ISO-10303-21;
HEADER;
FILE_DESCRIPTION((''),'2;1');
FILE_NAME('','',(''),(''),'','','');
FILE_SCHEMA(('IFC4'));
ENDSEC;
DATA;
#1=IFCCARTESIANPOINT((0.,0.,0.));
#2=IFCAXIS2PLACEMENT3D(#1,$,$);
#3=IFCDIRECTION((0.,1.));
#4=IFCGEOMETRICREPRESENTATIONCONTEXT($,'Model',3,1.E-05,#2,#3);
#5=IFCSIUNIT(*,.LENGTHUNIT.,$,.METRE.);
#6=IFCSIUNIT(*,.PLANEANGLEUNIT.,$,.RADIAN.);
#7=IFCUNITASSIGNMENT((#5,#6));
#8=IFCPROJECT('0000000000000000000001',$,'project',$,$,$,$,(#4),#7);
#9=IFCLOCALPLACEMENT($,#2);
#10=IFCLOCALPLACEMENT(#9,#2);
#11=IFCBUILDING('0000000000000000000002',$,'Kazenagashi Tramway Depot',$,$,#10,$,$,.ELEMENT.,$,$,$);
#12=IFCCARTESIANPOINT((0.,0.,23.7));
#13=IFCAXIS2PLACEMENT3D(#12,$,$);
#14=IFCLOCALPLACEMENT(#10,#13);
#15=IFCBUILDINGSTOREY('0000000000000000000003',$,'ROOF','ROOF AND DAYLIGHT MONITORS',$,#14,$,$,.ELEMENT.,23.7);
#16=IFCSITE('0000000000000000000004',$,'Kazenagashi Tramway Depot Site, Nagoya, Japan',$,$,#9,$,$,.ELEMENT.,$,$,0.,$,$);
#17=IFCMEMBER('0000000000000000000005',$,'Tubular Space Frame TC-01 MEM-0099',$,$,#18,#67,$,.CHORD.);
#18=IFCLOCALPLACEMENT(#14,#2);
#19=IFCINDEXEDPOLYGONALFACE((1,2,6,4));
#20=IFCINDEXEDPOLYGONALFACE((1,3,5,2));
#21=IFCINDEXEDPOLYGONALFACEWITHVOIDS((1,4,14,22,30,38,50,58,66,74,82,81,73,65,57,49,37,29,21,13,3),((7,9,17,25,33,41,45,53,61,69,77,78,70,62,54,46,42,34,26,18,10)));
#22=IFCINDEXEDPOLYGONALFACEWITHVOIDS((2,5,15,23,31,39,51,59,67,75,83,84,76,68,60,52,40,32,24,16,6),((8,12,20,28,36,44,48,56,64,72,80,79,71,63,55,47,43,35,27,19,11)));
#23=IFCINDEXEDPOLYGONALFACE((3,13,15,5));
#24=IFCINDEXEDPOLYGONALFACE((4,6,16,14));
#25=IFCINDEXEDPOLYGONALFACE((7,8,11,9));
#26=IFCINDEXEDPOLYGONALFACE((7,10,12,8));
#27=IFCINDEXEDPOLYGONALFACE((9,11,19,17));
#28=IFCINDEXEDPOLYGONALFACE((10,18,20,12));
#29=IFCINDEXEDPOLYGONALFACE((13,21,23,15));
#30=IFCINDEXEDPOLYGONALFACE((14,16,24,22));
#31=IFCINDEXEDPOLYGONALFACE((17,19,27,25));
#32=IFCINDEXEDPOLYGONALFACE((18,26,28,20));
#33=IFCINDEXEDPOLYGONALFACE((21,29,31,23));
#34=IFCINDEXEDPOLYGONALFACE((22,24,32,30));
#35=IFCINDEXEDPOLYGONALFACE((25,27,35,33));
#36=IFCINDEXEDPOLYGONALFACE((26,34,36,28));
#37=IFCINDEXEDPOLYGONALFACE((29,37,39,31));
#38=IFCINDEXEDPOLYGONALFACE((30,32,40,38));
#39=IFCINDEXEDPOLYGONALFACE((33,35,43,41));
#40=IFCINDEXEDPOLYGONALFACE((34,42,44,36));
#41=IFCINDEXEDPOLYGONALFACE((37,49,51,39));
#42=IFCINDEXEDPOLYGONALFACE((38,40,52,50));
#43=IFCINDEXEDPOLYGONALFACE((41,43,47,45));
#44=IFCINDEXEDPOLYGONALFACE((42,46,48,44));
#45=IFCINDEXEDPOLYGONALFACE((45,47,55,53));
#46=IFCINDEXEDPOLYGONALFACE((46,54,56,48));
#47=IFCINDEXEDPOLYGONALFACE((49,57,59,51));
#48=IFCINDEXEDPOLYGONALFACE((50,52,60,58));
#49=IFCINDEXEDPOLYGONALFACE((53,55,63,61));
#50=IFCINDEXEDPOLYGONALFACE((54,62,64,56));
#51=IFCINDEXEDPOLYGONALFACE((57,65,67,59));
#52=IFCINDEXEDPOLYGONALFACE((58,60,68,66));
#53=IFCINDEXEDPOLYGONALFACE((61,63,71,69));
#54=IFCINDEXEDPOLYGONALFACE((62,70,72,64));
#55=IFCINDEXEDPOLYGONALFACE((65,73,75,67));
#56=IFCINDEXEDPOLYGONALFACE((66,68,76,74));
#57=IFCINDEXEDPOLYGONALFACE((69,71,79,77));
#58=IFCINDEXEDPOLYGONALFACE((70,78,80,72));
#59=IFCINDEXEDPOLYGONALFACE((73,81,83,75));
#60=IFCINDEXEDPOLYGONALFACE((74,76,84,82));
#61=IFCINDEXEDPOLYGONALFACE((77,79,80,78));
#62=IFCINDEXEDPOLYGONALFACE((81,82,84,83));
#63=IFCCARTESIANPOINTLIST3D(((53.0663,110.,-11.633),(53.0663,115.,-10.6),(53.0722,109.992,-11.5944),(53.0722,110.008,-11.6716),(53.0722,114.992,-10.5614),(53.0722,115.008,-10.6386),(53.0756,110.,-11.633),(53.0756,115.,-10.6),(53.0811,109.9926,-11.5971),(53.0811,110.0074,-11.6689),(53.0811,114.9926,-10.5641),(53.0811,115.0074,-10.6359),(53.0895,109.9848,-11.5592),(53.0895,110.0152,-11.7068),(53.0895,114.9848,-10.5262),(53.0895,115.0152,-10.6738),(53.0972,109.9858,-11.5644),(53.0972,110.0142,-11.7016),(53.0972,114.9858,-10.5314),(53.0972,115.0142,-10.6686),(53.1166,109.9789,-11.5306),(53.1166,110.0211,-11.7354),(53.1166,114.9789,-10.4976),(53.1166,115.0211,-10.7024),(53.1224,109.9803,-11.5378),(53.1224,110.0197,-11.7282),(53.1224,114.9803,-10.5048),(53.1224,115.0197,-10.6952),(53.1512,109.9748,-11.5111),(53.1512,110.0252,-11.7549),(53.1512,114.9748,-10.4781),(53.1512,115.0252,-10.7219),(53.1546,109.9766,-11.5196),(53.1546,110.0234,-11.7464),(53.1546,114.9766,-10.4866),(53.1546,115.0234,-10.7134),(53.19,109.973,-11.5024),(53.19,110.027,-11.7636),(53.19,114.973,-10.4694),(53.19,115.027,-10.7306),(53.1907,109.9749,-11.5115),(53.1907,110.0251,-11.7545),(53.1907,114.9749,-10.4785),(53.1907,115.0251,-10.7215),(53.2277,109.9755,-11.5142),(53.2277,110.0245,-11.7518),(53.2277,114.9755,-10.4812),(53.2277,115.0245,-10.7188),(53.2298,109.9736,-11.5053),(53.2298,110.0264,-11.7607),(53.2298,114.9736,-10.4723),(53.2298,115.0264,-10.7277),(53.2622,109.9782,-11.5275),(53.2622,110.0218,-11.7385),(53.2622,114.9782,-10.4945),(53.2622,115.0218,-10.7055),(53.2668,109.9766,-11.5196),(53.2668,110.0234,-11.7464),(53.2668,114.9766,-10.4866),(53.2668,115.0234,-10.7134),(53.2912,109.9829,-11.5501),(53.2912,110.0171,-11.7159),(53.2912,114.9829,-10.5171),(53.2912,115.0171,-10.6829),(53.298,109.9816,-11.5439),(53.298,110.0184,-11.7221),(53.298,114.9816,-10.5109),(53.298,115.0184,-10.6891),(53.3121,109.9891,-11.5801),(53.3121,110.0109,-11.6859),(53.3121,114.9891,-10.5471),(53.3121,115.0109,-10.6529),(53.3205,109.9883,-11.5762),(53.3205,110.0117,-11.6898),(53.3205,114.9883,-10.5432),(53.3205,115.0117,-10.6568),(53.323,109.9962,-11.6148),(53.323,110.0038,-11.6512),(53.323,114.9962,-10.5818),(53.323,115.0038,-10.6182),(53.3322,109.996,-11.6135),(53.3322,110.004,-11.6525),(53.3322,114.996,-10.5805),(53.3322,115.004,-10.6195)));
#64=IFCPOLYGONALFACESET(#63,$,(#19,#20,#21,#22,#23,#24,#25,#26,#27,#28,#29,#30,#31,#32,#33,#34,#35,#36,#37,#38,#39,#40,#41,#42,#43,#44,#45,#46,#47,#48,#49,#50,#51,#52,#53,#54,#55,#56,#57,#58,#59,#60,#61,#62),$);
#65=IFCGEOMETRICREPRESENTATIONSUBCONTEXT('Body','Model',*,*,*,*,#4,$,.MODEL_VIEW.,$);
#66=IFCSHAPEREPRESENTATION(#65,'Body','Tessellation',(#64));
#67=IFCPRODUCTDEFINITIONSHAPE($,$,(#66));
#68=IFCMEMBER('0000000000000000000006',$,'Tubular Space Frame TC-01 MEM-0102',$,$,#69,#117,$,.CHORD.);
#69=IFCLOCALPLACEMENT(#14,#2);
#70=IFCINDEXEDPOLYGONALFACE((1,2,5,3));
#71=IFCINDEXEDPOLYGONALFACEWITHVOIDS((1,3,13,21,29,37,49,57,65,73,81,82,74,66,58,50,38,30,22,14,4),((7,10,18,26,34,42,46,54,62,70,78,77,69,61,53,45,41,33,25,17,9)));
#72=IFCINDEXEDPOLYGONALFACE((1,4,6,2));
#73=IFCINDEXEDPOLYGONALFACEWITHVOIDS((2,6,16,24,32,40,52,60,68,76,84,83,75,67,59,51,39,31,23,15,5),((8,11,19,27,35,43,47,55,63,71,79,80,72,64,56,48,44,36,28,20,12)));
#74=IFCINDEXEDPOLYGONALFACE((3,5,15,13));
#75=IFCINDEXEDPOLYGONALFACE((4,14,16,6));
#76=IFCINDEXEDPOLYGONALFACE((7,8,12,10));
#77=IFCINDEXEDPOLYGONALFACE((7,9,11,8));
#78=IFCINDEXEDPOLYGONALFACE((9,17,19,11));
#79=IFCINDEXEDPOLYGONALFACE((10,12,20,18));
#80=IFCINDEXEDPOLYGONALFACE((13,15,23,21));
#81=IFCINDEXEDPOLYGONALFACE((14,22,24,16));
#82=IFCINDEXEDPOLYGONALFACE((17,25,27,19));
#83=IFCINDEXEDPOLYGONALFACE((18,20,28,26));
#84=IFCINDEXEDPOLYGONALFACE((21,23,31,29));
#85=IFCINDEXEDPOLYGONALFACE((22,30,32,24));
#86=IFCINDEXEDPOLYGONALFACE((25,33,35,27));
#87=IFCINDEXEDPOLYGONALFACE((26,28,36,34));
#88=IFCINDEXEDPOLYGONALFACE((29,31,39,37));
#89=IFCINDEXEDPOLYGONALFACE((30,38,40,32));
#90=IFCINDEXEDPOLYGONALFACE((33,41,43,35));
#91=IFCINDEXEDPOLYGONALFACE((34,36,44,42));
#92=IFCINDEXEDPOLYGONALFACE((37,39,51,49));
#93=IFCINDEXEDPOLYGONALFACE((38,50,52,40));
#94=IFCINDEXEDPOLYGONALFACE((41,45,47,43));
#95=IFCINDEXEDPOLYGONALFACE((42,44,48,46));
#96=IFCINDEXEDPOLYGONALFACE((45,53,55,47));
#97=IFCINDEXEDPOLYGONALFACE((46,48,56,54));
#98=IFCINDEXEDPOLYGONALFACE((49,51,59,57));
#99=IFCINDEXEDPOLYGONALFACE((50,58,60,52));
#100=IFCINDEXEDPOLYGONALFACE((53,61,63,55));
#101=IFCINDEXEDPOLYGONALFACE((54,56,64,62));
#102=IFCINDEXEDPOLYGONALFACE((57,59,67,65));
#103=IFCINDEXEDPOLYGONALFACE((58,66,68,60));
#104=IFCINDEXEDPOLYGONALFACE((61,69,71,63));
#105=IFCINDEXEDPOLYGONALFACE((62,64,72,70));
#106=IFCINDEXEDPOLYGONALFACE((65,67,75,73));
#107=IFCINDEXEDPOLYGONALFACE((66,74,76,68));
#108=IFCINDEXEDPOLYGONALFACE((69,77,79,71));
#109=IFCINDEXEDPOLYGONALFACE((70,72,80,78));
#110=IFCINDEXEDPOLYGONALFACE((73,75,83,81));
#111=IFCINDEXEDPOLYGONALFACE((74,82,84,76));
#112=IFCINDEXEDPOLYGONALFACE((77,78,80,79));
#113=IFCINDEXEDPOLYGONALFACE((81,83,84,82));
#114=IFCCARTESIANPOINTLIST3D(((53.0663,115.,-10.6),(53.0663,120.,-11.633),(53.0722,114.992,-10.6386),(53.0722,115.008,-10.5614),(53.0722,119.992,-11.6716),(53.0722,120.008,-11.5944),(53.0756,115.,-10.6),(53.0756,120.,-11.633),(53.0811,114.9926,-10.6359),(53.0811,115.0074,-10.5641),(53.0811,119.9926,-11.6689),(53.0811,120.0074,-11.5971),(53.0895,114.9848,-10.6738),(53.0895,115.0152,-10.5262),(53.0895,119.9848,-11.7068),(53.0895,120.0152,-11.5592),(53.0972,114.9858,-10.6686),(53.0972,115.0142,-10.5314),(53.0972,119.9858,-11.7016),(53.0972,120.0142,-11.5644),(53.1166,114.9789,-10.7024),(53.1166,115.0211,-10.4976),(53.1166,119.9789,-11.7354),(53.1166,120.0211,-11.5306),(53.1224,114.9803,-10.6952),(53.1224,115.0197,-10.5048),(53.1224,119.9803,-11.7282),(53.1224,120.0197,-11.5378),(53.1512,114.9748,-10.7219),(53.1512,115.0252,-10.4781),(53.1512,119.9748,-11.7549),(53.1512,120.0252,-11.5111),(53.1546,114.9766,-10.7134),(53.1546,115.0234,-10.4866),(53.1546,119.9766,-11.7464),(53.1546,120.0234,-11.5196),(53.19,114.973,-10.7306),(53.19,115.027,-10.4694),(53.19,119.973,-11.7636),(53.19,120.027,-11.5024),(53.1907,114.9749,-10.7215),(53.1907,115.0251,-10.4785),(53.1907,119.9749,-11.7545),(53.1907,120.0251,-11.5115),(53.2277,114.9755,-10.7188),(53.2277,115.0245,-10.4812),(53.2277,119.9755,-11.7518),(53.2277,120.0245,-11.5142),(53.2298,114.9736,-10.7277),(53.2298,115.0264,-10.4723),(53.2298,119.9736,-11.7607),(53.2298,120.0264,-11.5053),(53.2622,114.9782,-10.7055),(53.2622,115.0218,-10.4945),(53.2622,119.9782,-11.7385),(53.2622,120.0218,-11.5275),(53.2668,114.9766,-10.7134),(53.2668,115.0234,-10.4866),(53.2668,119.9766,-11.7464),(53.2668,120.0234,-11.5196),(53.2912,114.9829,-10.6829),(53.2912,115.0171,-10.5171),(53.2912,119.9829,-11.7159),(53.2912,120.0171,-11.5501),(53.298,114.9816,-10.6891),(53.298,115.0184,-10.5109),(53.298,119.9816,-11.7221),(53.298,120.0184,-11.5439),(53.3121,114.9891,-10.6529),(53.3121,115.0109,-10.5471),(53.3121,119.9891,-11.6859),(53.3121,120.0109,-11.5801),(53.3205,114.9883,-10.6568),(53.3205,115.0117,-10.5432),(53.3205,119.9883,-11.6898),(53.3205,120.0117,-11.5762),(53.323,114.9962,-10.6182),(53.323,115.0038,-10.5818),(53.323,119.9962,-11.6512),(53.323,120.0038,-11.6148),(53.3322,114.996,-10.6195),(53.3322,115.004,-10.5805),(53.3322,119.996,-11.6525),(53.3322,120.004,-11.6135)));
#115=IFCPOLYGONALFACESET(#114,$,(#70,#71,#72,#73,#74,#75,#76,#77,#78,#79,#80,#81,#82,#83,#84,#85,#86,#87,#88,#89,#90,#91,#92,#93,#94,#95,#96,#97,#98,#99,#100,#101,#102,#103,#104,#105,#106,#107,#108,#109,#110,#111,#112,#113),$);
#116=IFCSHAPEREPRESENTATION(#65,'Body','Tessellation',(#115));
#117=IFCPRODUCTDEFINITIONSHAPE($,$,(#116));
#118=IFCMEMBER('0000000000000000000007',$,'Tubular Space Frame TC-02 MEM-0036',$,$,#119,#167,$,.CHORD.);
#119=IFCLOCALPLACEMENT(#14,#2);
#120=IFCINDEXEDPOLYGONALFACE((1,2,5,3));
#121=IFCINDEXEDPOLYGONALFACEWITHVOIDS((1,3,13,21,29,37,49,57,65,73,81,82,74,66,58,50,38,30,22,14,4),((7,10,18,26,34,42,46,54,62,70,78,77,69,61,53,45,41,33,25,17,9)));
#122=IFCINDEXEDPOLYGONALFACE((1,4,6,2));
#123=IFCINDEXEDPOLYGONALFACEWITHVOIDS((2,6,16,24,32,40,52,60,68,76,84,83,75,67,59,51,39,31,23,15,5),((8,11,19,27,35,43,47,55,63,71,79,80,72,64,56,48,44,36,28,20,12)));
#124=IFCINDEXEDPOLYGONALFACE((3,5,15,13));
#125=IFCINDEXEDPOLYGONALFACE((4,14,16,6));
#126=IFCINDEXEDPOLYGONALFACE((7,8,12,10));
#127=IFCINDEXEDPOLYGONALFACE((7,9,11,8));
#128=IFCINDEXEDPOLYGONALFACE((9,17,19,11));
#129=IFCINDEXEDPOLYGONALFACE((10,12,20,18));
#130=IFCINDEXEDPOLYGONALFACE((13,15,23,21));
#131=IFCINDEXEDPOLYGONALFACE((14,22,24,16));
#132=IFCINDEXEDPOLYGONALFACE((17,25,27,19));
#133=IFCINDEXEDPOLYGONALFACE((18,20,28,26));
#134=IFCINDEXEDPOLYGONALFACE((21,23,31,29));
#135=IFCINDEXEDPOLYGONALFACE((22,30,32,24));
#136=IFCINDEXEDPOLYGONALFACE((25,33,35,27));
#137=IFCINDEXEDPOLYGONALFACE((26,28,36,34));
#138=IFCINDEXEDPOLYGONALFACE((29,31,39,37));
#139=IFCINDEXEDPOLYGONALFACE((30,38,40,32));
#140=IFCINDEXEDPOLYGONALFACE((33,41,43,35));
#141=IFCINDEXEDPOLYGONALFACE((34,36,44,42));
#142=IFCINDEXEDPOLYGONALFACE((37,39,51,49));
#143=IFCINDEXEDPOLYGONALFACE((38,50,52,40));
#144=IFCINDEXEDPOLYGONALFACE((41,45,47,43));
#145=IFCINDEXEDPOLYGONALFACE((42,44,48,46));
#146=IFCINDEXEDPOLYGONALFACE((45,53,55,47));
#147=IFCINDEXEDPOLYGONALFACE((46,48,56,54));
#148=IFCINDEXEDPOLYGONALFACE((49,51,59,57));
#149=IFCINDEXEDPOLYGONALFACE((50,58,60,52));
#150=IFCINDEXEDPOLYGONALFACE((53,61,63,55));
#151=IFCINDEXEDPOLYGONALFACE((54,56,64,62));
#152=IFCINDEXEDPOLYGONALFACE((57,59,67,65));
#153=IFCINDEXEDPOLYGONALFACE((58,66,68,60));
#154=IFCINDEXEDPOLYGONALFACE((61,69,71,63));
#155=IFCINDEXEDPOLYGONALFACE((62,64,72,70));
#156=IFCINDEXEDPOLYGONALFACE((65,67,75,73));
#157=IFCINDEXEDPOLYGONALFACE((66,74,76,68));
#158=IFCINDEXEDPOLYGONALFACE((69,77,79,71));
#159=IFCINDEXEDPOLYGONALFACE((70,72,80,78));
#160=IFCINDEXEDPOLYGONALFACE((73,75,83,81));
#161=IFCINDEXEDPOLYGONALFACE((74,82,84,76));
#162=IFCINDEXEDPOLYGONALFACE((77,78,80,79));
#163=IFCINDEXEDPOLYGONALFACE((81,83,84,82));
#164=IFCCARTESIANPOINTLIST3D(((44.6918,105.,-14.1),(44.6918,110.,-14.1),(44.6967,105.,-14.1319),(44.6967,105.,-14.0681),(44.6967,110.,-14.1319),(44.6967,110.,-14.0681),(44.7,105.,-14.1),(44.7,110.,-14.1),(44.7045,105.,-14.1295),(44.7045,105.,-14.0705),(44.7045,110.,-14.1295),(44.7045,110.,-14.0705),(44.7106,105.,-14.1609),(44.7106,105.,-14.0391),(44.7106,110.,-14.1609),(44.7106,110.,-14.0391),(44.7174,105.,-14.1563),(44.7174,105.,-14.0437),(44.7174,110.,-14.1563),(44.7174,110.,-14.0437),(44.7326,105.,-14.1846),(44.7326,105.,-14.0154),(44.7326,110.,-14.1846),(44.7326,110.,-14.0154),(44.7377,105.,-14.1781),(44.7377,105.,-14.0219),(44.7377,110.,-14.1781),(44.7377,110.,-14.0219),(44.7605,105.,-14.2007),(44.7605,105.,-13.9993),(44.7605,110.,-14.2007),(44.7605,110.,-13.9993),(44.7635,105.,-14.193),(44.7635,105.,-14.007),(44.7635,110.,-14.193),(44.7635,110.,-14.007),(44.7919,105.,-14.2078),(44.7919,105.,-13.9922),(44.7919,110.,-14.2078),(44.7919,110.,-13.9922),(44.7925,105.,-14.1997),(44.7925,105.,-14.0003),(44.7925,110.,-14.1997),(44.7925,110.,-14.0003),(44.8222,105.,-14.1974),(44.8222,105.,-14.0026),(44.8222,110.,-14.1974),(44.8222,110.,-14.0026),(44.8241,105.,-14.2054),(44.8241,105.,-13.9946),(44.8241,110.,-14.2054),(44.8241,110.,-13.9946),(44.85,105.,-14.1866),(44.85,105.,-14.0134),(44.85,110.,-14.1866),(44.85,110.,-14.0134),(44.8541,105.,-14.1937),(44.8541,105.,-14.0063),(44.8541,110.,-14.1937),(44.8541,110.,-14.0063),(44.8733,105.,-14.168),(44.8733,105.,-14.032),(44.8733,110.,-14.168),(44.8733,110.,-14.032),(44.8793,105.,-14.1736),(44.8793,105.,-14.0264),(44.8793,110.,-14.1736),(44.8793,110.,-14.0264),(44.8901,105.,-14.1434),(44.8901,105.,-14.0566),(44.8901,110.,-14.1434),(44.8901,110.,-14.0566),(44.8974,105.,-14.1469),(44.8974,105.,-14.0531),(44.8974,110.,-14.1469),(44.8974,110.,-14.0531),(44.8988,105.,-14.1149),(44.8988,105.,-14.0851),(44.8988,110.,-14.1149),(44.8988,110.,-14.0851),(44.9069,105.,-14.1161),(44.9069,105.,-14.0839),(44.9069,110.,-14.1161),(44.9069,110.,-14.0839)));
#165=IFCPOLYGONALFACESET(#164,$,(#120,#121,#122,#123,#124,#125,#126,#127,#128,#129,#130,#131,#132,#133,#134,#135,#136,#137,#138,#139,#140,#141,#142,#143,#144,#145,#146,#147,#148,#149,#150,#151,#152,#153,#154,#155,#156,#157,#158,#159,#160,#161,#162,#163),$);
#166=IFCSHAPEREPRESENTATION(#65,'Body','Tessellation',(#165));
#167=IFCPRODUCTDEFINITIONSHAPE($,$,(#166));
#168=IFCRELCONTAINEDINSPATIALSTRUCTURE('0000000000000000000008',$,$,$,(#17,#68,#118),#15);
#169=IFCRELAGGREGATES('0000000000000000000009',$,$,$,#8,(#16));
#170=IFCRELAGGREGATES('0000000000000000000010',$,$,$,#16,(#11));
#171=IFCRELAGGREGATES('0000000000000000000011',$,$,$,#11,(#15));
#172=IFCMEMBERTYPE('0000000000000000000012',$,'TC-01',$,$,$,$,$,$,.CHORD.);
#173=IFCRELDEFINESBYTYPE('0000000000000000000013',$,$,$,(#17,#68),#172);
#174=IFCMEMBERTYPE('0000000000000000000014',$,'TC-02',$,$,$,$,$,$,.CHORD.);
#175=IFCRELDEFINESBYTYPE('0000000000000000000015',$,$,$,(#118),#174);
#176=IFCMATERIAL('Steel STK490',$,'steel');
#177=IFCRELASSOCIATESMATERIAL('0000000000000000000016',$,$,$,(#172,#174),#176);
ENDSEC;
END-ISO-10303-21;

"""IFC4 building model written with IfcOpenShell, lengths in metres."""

from ifc_helpers import new_model, si_unit, direction, frame, origin, origin_2d, place, context, subcontext, project, spatial, hollow_circle, extrude, material, material_profile, profile_set, type_object, element, save


model = new_model("IFC4")

# Units and contexts
model_context = context("Model", 3, precision=1e-05, world=origin(), true_north=direction((0.0, 1.0)))
body_context = subcontext(model_context, "Body", "Model", "MODEL_VIEW")
ifc_project = project(units=[si_unit("LENGTHUNIT", "METRE"), si_unit("PLANEANGLEUNIT", "RADIAN")], contexts=[model_context])

# Site, building, storey
site_placement = place(None, origin())
site = spatial("IfcSite", under=ifc_project, at=site_placement, Name="Kazenagashi Tramway Depot Site, Nagoya, Japan", CompositionType="ELEMENT", RefElevation=0.0)
building_placement = place(site_placement, origin())
building = spatial("IfcBuilding", under=site, at=building_placement, Name="Kazenagashi Tramway Depot", CompositionType="ELEMENT")
storey_placement = place(building_placement, frame((0.0, 0.0, 23.7)))
storey = spatial("IfcBuildingStorey", under=building, at=storey_placement, Name="ROOF", Description="ROOF AND DAYLIGHT MONITORS", CompositionType="ELEMENT", Elevation=23.7)

# Members
ifc_material_1 = material(Name="Steel STK490", Category="steel")
ifc_material_profile_1 = material_profile(ifc_material_1, hollow_circle(Radius=0.1337, WallThickness=0.0093, at=origin_2d()), Name="CHS-267.4x9.3")
ifc_profile_set_1 = profile_set([ifc_material_profile_1], Name="Steel STK490")
member_type_1 = type_object("IfcMemberType", Name="TC-01", PredefinedType="CHORD", material=ifc_profile_set_1)
for number, where, z_axis, x_axis, name in (
    (1, (53.2, 110.0, -11.633), (0.0, 0.979318, 0.202327), (-1.0, 0.0, 0.0), "Tubular Space Frame TC-01 MEM-0099"),
    (2, (53.2, 115.0, -10.6), (0.0, 0.979318, -0.202327), (-1.0, 0.0, 0.0), "Tubular Space Frame TC-01 MEM-0102"),
):
    element("IfcMember", number, at=place(storey_placement, frame(where, z_axis=z_axis, x_axis=x_axis)), inside=storey, type_object=member_type_1, Name=name, PredefinedType="CHORD", context=body_context, shape_type="SweptSolid", body=[
        extrude(hollow_circle(Radius=0.1337, WallThickness=0.0093, at=origin_2d()), origin(), (0.0, 0.0, 1.0), 5.1056),
    ])
ifc_material_profile_2 = material_profile(ifc_material_1, hollow_circle(Radius=0.1081, WallThickness=0.0082, at=origin_2d()), Name="CHS-216.3x8.2")
ifc_profile_set_2 = profile_set([ifc_material_profile_2], Name="Steel STK490")
member_type_2 = type_object("IfcMemberType", Name="TC-02", PredefinedType="CHORD", material=ifc_profile_set_2)
for number, where, z_axis, x_axis, name in (
    (3, (44.8, 105.0, -14.1), (0.0, 1.0, 0.0), (-1.0, 0.0, 0.0), "Tubular Space Frame TC-02 MEM-0036"),
):
    element("IfcMember", number, at=place(storey_placement, frame(where, z_axis=z_axis, x_axis=x_axis)), inside=storey, type_object=member_type_2, Name=name, PredefinedType="CHORD", context=body_context, shape_type="SweptSolid", body=[
        extrude(hollow_circle(Radius=0.1081, WallThickness=0.0082, at=origin_2d()), origin(), (0.0, 0.0, 1.0), 5.0),
    ])

save(model, "model.ifc")
